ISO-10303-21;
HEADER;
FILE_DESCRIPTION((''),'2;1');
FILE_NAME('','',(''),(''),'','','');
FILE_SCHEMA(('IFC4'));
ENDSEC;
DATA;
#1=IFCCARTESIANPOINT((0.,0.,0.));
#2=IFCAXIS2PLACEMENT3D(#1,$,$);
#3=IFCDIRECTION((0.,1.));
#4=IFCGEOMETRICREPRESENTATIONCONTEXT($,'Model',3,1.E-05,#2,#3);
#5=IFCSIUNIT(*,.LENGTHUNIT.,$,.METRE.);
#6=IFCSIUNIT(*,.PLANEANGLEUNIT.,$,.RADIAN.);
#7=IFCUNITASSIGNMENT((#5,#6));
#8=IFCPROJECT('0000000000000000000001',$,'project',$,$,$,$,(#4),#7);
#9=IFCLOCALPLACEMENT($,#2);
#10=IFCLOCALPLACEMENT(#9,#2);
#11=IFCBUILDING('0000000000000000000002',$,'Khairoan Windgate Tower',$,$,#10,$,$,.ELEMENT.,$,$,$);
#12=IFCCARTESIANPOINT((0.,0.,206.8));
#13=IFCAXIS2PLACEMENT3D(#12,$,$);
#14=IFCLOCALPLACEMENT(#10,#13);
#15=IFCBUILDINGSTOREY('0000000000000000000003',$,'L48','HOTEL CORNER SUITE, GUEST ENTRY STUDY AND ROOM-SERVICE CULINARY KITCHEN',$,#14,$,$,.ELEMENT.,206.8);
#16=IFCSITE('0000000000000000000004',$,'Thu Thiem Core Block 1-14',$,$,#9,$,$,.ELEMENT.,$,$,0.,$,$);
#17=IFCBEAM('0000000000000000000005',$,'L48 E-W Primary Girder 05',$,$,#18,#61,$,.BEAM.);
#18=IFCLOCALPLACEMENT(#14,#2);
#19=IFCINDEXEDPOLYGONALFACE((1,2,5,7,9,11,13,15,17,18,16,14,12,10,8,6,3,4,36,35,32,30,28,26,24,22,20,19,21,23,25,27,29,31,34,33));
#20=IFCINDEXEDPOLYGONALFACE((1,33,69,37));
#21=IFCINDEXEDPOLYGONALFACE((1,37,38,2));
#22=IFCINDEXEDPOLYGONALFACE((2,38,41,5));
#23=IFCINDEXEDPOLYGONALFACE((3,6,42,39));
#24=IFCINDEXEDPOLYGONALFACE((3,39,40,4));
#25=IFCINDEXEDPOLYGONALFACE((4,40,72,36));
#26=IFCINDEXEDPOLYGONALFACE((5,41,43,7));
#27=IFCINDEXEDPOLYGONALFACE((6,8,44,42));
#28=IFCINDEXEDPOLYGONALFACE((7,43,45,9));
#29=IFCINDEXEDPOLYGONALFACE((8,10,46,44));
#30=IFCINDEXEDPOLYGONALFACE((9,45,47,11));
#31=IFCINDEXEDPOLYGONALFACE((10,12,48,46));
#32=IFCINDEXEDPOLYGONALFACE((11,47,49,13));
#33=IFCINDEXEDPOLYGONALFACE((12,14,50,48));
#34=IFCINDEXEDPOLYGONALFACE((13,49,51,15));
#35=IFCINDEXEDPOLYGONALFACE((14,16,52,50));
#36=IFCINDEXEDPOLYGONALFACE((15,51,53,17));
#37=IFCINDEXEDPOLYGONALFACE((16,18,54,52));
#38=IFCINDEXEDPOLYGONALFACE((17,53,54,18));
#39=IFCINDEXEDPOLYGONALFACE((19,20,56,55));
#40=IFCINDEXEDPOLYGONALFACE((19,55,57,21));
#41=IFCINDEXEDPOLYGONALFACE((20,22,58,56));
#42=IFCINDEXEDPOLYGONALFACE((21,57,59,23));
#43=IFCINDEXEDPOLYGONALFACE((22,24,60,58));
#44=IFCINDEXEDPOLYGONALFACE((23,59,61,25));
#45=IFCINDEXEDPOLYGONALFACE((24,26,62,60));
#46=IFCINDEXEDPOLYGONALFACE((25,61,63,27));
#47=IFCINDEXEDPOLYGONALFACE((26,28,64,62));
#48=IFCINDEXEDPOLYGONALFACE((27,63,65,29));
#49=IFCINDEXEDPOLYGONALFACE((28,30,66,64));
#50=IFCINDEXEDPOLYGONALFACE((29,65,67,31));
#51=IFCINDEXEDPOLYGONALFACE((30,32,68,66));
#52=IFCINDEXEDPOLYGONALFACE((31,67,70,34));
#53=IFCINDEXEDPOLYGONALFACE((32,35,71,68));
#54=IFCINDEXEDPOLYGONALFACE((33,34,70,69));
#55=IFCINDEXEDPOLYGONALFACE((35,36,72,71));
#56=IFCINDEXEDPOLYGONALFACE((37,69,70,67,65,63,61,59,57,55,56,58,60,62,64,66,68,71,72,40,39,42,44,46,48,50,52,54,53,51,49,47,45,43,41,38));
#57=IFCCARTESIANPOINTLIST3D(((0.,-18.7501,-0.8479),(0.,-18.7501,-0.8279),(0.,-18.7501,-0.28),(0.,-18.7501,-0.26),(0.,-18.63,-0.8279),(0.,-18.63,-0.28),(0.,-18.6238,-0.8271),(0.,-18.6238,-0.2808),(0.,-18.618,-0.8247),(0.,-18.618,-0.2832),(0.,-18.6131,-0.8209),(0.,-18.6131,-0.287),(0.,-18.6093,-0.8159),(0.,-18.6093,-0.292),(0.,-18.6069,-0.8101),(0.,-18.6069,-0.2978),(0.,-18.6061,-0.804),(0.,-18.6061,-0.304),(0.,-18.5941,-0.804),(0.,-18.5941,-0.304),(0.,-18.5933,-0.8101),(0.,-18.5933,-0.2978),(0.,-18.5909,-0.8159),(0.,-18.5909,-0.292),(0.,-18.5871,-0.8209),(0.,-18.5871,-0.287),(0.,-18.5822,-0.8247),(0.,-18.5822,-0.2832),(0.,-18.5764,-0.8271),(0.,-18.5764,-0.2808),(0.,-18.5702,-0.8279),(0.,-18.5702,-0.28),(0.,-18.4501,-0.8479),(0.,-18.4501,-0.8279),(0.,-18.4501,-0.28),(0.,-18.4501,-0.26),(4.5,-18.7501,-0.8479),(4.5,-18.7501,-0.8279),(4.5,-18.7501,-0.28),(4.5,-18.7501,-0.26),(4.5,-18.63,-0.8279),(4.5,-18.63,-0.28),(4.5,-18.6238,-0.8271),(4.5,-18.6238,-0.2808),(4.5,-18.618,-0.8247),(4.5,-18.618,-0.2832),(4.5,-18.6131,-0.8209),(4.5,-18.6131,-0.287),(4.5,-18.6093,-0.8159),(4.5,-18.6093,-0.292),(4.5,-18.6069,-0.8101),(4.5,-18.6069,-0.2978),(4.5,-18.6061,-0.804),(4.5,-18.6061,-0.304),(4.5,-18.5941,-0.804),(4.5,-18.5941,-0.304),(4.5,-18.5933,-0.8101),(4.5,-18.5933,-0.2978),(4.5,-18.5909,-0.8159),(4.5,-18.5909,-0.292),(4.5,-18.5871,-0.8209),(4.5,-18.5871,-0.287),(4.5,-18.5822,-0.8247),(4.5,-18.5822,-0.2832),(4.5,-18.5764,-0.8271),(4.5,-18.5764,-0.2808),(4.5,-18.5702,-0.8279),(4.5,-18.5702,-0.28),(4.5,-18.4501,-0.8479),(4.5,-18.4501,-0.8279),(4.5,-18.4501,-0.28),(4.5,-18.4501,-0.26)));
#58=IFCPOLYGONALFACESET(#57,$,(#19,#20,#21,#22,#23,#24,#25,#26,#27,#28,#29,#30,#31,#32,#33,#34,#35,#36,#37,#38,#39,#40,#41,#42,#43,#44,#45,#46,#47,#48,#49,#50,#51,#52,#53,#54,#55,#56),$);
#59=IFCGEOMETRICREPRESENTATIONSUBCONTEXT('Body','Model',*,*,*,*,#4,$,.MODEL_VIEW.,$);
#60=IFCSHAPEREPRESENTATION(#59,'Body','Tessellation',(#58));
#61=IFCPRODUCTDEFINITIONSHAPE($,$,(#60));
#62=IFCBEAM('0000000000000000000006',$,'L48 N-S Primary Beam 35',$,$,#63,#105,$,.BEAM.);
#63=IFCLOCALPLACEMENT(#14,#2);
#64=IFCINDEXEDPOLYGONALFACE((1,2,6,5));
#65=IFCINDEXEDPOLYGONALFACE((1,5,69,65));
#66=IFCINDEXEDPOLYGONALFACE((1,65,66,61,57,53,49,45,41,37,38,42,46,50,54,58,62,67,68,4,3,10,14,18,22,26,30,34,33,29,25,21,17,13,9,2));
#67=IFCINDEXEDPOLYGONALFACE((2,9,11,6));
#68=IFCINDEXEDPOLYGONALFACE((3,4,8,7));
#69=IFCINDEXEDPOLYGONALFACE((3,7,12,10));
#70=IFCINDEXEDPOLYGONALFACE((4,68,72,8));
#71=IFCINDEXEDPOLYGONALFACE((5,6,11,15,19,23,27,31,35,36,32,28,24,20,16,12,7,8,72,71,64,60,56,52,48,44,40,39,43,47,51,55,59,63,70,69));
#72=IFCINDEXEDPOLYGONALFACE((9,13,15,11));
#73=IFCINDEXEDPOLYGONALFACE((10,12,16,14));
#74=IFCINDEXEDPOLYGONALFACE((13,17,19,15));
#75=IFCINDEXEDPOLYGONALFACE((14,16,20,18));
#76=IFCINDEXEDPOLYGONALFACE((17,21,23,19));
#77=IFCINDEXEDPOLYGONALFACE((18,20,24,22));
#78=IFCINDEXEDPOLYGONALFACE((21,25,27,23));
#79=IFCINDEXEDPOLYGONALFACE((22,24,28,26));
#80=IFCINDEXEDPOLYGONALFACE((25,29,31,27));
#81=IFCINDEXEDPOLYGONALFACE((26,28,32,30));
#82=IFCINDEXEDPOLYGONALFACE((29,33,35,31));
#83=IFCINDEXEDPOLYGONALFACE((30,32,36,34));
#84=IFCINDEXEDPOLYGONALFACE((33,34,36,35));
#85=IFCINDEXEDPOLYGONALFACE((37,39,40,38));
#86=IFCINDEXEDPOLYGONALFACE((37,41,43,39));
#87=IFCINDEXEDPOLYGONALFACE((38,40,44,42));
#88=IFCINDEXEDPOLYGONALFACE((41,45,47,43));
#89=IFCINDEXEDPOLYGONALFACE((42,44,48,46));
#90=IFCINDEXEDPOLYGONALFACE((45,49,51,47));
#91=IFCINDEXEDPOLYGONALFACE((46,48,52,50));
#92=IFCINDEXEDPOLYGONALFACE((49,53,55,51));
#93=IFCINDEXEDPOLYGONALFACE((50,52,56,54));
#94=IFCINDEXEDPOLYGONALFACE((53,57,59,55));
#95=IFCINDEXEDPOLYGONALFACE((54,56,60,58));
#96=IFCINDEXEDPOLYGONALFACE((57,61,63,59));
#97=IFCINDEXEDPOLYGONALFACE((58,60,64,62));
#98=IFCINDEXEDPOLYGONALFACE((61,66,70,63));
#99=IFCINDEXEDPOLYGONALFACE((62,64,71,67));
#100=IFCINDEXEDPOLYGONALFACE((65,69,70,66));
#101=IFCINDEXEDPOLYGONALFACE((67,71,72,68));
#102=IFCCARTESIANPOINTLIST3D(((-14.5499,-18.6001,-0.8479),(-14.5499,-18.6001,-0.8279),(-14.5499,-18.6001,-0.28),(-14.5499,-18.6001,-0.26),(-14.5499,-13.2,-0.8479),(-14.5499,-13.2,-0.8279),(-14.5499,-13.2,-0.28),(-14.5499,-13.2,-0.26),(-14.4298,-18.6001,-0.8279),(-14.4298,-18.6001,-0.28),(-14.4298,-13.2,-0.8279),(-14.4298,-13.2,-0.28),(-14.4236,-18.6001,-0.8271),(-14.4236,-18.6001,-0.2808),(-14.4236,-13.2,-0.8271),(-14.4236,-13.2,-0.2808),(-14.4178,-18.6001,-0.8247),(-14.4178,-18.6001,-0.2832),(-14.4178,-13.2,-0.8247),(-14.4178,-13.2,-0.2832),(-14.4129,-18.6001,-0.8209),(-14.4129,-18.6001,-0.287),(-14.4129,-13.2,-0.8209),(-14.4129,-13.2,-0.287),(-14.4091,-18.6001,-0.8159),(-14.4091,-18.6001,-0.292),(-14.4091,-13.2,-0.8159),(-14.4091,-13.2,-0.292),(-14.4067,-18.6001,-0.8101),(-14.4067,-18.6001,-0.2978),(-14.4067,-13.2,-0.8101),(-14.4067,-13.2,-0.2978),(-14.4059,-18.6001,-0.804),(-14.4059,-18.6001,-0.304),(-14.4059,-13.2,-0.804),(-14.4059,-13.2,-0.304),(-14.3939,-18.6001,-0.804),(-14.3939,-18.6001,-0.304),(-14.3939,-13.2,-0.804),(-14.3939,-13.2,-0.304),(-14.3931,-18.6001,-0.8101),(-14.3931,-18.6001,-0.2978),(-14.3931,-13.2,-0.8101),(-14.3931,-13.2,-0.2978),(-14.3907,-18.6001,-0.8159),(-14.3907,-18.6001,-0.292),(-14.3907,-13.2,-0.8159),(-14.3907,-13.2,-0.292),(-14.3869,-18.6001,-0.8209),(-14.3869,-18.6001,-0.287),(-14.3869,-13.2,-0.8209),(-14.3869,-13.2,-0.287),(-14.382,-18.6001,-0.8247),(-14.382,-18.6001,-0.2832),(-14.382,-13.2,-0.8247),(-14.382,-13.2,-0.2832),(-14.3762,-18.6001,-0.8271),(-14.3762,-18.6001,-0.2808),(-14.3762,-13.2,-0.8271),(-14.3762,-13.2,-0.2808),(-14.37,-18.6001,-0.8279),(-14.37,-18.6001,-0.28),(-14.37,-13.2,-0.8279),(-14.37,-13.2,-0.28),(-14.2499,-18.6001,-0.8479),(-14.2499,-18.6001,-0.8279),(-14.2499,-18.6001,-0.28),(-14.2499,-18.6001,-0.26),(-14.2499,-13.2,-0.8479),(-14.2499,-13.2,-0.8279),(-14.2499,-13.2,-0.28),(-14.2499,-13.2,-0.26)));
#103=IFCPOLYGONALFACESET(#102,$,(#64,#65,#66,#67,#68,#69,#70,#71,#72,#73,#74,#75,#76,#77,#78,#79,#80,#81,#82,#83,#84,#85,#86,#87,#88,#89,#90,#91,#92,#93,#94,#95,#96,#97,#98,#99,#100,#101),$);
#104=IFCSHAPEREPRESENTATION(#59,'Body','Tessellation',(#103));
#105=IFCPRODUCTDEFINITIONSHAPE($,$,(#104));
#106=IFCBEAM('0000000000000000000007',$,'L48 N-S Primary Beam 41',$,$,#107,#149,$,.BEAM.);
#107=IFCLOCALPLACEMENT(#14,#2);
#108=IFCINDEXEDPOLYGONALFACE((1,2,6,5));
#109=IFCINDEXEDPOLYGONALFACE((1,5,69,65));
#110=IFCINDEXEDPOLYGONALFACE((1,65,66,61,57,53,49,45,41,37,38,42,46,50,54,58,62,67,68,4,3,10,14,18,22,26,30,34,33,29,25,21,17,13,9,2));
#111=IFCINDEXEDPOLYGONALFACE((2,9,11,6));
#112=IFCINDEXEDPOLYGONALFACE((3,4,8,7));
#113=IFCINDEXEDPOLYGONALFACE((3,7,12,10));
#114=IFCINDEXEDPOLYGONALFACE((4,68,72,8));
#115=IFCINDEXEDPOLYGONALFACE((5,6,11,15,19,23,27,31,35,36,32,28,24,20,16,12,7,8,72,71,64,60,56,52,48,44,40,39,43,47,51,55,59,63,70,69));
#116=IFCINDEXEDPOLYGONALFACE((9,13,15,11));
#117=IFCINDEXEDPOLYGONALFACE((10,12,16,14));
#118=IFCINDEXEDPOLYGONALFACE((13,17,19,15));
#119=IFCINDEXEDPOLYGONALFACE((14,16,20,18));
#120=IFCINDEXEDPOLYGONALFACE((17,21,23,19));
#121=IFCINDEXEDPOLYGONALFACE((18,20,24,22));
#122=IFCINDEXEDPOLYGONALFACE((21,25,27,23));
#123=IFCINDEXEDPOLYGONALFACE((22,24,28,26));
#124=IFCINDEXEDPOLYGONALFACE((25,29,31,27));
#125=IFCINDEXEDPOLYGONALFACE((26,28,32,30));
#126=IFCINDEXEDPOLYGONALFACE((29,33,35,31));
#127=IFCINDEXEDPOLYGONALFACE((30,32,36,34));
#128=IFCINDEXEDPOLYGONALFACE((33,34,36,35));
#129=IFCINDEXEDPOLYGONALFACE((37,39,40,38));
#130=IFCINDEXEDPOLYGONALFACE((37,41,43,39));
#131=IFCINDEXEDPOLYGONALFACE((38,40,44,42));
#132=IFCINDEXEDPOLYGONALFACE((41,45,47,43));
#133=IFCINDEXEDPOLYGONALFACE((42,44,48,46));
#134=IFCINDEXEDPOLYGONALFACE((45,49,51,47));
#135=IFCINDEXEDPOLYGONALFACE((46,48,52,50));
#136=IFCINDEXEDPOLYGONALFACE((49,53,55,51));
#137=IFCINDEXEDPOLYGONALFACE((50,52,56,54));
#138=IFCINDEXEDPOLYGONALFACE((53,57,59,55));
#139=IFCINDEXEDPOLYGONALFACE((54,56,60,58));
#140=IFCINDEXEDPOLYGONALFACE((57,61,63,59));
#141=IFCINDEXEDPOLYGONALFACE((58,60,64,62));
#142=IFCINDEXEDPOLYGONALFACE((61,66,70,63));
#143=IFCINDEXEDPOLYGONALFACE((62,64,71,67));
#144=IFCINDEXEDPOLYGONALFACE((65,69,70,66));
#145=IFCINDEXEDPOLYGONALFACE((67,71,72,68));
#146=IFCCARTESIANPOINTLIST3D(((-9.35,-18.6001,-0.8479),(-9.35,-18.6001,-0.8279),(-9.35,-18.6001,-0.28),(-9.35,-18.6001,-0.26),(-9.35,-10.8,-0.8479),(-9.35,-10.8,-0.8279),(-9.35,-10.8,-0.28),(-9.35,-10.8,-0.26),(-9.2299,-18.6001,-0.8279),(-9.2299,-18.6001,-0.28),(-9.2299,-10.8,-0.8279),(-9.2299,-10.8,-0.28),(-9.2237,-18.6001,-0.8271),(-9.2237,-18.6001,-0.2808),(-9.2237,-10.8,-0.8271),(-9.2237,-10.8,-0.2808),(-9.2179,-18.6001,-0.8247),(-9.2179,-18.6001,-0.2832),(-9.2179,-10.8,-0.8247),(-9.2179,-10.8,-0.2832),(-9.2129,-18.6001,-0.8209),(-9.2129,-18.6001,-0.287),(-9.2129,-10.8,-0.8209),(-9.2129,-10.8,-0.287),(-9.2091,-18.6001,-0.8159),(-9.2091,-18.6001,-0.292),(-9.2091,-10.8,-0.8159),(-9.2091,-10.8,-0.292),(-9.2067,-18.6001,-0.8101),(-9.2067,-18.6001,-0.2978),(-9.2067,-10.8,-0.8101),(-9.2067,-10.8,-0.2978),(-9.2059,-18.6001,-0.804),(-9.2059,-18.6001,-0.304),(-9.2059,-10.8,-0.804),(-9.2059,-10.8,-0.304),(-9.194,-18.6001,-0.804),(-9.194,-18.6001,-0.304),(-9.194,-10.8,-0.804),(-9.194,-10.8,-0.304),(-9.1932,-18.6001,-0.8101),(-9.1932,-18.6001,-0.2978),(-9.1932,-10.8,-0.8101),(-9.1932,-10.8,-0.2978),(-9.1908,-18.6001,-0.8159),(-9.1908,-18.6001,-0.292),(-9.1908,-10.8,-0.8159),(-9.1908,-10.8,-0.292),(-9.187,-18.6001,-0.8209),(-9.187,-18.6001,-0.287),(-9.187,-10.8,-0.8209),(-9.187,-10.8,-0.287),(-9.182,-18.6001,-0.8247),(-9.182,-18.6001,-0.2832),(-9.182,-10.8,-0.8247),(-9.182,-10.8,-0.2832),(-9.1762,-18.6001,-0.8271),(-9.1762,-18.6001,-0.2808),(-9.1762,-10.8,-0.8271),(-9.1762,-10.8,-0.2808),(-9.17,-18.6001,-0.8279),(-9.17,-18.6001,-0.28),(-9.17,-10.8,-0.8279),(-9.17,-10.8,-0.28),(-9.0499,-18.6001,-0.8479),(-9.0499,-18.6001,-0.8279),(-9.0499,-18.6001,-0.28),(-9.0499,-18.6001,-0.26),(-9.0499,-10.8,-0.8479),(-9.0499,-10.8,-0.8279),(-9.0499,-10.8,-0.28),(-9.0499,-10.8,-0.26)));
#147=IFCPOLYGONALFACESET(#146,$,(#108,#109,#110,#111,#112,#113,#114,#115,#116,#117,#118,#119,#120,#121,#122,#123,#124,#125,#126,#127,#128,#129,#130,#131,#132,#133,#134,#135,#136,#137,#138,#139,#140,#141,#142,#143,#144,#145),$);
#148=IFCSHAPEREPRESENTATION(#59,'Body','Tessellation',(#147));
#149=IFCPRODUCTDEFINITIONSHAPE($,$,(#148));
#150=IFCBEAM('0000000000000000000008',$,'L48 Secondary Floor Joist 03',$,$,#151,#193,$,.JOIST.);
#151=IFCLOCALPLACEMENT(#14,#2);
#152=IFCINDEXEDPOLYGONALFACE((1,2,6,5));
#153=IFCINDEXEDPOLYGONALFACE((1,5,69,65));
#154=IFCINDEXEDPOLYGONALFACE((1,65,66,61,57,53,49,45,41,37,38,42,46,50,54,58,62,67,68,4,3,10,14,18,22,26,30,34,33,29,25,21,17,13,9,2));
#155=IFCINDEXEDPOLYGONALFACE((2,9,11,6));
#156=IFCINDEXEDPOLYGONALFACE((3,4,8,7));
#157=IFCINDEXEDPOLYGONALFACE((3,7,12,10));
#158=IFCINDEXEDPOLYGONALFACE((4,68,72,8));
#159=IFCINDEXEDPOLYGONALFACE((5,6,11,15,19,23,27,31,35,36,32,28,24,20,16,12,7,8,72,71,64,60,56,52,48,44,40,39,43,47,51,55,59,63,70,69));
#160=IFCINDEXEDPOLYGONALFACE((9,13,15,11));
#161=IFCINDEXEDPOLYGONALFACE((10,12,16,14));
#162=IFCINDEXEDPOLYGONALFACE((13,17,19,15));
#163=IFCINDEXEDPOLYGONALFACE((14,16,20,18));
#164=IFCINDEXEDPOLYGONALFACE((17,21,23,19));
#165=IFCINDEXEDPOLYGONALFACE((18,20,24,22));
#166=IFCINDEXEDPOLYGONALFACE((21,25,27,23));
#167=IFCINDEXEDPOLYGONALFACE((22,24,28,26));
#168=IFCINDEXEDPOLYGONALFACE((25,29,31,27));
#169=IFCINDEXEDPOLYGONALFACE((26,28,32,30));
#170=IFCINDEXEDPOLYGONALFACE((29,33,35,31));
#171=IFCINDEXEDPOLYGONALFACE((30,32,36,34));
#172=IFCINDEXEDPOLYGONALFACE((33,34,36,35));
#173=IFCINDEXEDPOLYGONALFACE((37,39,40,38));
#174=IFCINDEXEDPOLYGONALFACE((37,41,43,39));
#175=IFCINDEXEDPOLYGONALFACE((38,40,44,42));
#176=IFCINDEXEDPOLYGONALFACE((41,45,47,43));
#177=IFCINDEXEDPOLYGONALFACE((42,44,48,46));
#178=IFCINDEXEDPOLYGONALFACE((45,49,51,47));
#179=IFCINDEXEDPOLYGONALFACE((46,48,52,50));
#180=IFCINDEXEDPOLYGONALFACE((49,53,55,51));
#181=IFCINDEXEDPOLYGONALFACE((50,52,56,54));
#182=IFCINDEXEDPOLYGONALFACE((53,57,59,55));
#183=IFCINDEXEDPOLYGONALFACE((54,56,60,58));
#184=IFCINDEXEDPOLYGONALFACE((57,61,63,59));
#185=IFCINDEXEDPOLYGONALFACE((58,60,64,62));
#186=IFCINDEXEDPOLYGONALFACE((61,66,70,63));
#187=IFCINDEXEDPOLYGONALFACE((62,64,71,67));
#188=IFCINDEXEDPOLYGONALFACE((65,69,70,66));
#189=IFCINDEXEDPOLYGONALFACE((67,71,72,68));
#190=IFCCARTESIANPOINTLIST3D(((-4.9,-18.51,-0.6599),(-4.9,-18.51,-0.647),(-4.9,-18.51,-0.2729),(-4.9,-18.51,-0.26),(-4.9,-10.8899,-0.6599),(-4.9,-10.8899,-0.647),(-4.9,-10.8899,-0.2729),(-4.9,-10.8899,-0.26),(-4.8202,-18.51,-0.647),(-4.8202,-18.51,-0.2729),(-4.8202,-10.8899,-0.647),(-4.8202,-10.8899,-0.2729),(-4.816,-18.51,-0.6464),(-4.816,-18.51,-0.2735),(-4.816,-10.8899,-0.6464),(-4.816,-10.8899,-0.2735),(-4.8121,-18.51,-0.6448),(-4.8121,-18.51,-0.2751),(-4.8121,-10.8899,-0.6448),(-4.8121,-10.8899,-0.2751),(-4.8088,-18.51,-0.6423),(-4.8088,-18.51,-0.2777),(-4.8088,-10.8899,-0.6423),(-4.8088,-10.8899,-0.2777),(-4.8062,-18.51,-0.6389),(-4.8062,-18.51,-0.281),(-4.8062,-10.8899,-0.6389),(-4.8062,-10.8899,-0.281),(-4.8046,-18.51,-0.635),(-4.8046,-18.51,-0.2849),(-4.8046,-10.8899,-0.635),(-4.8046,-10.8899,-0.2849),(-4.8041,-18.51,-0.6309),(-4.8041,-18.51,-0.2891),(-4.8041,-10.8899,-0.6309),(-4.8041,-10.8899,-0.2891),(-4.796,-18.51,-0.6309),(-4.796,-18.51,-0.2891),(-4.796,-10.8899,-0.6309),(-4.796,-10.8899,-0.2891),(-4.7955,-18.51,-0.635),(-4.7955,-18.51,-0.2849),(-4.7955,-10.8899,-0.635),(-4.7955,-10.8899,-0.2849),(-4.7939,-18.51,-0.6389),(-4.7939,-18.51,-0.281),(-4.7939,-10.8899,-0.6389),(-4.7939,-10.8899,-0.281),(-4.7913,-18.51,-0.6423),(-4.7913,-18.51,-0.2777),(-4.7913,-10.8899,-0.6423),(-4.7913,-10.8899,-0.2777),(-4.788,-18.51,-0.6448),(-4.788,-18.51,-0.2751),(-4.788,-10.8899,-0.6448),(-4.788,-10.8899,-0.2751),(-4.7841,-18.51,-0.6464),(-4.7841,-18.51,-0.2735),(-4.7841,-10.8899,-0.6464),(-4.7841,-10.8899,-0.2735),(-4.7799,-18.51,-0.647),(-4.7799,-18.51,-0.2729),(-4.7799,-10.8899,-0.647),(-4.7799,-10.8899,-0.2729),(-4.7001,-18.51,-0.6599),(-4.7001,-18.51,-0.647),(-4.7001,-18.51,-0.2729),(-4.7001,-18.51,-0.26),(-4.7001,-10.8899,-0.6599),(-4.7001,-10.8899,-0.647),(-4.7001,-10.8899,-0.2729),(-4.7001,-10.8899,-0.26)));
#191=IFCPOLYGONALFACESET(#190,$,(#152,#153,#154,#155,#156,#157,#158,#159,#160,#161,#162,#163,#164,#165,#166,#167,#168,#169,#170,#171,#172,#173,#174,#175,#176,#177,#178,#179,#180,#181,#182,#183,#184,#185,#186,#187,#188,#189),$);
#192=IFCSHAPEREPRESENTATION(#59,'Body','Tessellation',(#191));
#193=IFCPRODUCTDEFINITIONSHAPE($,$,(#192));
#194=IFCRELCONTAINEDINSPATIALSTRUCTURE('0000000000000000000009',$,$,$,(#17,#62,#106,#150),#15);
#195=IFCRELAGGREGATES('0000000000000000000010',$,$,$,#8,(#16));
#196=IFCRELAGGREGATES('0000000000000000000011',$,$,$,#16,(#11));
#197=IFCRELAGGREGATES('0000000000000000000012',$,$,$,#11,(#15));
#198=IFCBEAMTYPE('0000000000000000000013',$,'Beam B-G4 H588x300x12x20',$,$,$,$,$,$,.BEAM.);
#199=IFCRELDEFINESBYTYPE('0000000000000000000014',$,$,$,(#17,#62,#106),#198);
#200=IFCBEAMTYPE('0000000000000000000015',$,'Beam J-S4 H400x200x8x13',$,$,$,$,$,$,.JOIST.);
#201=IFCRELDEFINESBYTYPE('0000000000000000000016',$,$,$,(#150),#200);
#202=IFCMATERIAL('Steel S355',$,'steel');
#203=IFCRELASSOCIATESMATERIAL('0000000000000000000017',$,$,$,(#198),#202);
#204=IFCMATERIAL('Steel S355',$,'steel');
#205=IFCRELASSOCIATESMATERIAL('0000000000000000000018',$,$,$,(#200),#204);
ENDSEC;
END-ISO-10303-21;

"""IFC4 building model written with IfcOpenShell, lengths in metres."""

from ifc_helpers import new_model, si_unit, direction, frame, origin, origin_2d, place, context, subcontext, project, spatial, i_section, extrude, material, material_profile, profile_set, type_object, element, save


model = new_model("IFC4")

# Units and contexts
model_context = context("Model", 3, precision=1e-05, world=origin(), true_north=direction((0.0, 1.0)))
body_context = subcontext(model_context, "Body", "Model", "MODEL_VIEW")
ifc_project = project(units=[si_unit("LENGTHUNIT", "METRE"), si_unit("PLANEANGLEUNIT", "RADIAN")], contexts=[model_context])

# Site, building, storey
site_placement = place(None, origin())
site = spatial("IfcSite", under=ifc_project, at=site_placement, Name="Thu Thiem Core Block 1-14", CompositionType="ELEMENT", RefElevation=0.0)
building_placement = place(site_placement, origin())
building = spatial("IfcBuilding", under=site, at=building_placement, Name="Khairoan Windgate Tower", CompositionType="ELEMENT")
storey_placement = place(building_placement, frame((0.0, 0.0, 206.8)))
storey = spatial("IfcBuildingStorey", under=building, at=storey_placement, Name="L48", Description="HOTEL CORNER SUITE, GUEST ENTRY STUDY AND ROOM-SERVICE CULINARY KITCHEN", CompositionType="ELEMENT", Elevation=206.8)

# Beams
ifc_material_1 = material(Name="Steel S355", Category="steel")
ifc_material_profile_1 = material_profile(ifc_material_1, i_section(OverallWidth=0.3, OverallDepth=0.5879, WebThickness=0.012, FlangeThickness=0.02, FilletRadius=0.0239, at=origin_2d()))
ifc_profile_set_1 = profile_set([ifc_material_profile_1], Name="Steel S355")
beam_type_1 = type_object("IfcBeamType", Name="Beam B-G4 H588x300x12x20", PredefinedType="BEAM", material=ifc_profile_set_1)
for number, where, z_axis, x_axis, name in (
    (1, (0.0, -18.6001, -0.554), (1.0, 0.0, 0.0), (0.0, 1.0, 0.0), "L48 E-W Primary Girder 05"),
):
    element("IfcBeam", number, at=place(storey_placement, frame(where, z_axis=z_axis, x_axis=x_axis)), inside=storey, type_object=beam_type_1, Name=name, PredefinedType="BEAM", context=body_context, shape_type="SweptSolid", body=[
        extrude(i_section(OverallWidth=0.3, OverallDepth=0.5879, WebThickness=0.012, FlangeThickness=0.02, FilletRadius=0.0239, at=origin_2d()), origin(), (0.0, 0.0, 1.0), 4.5),
    ])
beam_1_placement = place(storey_placement, frame((-14.3999, -18.6001, -0.554), z_axis=(0.0, 1.0, 0.0), x_axis=(-1.0, 0.0, 0.0)))
element("IfcBeam", 2, at=beam_1_placement, inside=storey, type_object=beam_type_1, Name="L48 N-S Primary Beam 35", PredefinedType="BEAM", context=body_context, shape_type="SweptSolid", body=[
    extrude(i_section(OverallWidth=0.3, OverallDepth=0.5879, WebThickness=0.012, FlangeThickness=0.02, FilletRadius=0.0239, at=origin_2d()), origin(), (0.0, 0.0, 1.0), 5.4001),
])
beam_2_placement = place(storey_placement, frame((-9.2, -18.6001, -0.554), z_axis=(0.0, 1.0, 0.0), x_axis=(-1.0, 0.0, 0.0)))
element("IfcBeam", 3, at=beam_2_placement, inside=storey, type_object=beam_type_1, Name="L48 N-S Primary Beam 41", PredefinedType="BEAM", context=body_context, shape_type="SweptSolid", body=[
    extrude(i_section(OverallWidth=0.3, OverallDepth=0.5879, WebThickness=0.012, FlangeThickness=0.02, FilletRadius=0.0239, at=origin_2d()), origin(), (0.0, 0.0, 1.0), 7.8),
])
ifc_material_2 = material(Name="Steel S355", Category="steel")
ifc_material_profile_2 = material_profile(ifc_material_2, i_section(OverallWidth=0.2, OverallDepth=0.3999, WebThickness=0.0081, FlangeThickness=0.0129, FilletRadius=0.0161, at=origin_2d()))
ifc_profile_set_2 = profile_set([ifc_material_profile_2], Name="Steel S355")
beam_type_2 = type_object("IfcBeamType", Name="Beam J-S4 H400x200x8x13", PredefinedType="JOIST", material=ifc_profile_set_2)
beam_3_placement = place(storey_placement, frame((-4.8, -18.51, -0.46), z_axis=(0.0, 1.0, 0.0), x_axis=(-1.0, 0.0, 0.0)))
element("IfcBeam", 4, at=beam_3_placement, inside=storey, type_object=beam_type_2, Name="L48 Secondary Floor Joist 03", PredefinedType="JOIST", context=body_context, shape_type="SweptSolid", body=[
    extrude(i_section(OverallWidth=0.2, OverallDepth=0.3999, WebThickness=0.0081, FlangeThickness=0.0129, FilletRadius=0.0161, at=origin_2d()), origin(), (0.0, 0.0, 1.0), 7.6201),
])

save(model, "model.ifc")
